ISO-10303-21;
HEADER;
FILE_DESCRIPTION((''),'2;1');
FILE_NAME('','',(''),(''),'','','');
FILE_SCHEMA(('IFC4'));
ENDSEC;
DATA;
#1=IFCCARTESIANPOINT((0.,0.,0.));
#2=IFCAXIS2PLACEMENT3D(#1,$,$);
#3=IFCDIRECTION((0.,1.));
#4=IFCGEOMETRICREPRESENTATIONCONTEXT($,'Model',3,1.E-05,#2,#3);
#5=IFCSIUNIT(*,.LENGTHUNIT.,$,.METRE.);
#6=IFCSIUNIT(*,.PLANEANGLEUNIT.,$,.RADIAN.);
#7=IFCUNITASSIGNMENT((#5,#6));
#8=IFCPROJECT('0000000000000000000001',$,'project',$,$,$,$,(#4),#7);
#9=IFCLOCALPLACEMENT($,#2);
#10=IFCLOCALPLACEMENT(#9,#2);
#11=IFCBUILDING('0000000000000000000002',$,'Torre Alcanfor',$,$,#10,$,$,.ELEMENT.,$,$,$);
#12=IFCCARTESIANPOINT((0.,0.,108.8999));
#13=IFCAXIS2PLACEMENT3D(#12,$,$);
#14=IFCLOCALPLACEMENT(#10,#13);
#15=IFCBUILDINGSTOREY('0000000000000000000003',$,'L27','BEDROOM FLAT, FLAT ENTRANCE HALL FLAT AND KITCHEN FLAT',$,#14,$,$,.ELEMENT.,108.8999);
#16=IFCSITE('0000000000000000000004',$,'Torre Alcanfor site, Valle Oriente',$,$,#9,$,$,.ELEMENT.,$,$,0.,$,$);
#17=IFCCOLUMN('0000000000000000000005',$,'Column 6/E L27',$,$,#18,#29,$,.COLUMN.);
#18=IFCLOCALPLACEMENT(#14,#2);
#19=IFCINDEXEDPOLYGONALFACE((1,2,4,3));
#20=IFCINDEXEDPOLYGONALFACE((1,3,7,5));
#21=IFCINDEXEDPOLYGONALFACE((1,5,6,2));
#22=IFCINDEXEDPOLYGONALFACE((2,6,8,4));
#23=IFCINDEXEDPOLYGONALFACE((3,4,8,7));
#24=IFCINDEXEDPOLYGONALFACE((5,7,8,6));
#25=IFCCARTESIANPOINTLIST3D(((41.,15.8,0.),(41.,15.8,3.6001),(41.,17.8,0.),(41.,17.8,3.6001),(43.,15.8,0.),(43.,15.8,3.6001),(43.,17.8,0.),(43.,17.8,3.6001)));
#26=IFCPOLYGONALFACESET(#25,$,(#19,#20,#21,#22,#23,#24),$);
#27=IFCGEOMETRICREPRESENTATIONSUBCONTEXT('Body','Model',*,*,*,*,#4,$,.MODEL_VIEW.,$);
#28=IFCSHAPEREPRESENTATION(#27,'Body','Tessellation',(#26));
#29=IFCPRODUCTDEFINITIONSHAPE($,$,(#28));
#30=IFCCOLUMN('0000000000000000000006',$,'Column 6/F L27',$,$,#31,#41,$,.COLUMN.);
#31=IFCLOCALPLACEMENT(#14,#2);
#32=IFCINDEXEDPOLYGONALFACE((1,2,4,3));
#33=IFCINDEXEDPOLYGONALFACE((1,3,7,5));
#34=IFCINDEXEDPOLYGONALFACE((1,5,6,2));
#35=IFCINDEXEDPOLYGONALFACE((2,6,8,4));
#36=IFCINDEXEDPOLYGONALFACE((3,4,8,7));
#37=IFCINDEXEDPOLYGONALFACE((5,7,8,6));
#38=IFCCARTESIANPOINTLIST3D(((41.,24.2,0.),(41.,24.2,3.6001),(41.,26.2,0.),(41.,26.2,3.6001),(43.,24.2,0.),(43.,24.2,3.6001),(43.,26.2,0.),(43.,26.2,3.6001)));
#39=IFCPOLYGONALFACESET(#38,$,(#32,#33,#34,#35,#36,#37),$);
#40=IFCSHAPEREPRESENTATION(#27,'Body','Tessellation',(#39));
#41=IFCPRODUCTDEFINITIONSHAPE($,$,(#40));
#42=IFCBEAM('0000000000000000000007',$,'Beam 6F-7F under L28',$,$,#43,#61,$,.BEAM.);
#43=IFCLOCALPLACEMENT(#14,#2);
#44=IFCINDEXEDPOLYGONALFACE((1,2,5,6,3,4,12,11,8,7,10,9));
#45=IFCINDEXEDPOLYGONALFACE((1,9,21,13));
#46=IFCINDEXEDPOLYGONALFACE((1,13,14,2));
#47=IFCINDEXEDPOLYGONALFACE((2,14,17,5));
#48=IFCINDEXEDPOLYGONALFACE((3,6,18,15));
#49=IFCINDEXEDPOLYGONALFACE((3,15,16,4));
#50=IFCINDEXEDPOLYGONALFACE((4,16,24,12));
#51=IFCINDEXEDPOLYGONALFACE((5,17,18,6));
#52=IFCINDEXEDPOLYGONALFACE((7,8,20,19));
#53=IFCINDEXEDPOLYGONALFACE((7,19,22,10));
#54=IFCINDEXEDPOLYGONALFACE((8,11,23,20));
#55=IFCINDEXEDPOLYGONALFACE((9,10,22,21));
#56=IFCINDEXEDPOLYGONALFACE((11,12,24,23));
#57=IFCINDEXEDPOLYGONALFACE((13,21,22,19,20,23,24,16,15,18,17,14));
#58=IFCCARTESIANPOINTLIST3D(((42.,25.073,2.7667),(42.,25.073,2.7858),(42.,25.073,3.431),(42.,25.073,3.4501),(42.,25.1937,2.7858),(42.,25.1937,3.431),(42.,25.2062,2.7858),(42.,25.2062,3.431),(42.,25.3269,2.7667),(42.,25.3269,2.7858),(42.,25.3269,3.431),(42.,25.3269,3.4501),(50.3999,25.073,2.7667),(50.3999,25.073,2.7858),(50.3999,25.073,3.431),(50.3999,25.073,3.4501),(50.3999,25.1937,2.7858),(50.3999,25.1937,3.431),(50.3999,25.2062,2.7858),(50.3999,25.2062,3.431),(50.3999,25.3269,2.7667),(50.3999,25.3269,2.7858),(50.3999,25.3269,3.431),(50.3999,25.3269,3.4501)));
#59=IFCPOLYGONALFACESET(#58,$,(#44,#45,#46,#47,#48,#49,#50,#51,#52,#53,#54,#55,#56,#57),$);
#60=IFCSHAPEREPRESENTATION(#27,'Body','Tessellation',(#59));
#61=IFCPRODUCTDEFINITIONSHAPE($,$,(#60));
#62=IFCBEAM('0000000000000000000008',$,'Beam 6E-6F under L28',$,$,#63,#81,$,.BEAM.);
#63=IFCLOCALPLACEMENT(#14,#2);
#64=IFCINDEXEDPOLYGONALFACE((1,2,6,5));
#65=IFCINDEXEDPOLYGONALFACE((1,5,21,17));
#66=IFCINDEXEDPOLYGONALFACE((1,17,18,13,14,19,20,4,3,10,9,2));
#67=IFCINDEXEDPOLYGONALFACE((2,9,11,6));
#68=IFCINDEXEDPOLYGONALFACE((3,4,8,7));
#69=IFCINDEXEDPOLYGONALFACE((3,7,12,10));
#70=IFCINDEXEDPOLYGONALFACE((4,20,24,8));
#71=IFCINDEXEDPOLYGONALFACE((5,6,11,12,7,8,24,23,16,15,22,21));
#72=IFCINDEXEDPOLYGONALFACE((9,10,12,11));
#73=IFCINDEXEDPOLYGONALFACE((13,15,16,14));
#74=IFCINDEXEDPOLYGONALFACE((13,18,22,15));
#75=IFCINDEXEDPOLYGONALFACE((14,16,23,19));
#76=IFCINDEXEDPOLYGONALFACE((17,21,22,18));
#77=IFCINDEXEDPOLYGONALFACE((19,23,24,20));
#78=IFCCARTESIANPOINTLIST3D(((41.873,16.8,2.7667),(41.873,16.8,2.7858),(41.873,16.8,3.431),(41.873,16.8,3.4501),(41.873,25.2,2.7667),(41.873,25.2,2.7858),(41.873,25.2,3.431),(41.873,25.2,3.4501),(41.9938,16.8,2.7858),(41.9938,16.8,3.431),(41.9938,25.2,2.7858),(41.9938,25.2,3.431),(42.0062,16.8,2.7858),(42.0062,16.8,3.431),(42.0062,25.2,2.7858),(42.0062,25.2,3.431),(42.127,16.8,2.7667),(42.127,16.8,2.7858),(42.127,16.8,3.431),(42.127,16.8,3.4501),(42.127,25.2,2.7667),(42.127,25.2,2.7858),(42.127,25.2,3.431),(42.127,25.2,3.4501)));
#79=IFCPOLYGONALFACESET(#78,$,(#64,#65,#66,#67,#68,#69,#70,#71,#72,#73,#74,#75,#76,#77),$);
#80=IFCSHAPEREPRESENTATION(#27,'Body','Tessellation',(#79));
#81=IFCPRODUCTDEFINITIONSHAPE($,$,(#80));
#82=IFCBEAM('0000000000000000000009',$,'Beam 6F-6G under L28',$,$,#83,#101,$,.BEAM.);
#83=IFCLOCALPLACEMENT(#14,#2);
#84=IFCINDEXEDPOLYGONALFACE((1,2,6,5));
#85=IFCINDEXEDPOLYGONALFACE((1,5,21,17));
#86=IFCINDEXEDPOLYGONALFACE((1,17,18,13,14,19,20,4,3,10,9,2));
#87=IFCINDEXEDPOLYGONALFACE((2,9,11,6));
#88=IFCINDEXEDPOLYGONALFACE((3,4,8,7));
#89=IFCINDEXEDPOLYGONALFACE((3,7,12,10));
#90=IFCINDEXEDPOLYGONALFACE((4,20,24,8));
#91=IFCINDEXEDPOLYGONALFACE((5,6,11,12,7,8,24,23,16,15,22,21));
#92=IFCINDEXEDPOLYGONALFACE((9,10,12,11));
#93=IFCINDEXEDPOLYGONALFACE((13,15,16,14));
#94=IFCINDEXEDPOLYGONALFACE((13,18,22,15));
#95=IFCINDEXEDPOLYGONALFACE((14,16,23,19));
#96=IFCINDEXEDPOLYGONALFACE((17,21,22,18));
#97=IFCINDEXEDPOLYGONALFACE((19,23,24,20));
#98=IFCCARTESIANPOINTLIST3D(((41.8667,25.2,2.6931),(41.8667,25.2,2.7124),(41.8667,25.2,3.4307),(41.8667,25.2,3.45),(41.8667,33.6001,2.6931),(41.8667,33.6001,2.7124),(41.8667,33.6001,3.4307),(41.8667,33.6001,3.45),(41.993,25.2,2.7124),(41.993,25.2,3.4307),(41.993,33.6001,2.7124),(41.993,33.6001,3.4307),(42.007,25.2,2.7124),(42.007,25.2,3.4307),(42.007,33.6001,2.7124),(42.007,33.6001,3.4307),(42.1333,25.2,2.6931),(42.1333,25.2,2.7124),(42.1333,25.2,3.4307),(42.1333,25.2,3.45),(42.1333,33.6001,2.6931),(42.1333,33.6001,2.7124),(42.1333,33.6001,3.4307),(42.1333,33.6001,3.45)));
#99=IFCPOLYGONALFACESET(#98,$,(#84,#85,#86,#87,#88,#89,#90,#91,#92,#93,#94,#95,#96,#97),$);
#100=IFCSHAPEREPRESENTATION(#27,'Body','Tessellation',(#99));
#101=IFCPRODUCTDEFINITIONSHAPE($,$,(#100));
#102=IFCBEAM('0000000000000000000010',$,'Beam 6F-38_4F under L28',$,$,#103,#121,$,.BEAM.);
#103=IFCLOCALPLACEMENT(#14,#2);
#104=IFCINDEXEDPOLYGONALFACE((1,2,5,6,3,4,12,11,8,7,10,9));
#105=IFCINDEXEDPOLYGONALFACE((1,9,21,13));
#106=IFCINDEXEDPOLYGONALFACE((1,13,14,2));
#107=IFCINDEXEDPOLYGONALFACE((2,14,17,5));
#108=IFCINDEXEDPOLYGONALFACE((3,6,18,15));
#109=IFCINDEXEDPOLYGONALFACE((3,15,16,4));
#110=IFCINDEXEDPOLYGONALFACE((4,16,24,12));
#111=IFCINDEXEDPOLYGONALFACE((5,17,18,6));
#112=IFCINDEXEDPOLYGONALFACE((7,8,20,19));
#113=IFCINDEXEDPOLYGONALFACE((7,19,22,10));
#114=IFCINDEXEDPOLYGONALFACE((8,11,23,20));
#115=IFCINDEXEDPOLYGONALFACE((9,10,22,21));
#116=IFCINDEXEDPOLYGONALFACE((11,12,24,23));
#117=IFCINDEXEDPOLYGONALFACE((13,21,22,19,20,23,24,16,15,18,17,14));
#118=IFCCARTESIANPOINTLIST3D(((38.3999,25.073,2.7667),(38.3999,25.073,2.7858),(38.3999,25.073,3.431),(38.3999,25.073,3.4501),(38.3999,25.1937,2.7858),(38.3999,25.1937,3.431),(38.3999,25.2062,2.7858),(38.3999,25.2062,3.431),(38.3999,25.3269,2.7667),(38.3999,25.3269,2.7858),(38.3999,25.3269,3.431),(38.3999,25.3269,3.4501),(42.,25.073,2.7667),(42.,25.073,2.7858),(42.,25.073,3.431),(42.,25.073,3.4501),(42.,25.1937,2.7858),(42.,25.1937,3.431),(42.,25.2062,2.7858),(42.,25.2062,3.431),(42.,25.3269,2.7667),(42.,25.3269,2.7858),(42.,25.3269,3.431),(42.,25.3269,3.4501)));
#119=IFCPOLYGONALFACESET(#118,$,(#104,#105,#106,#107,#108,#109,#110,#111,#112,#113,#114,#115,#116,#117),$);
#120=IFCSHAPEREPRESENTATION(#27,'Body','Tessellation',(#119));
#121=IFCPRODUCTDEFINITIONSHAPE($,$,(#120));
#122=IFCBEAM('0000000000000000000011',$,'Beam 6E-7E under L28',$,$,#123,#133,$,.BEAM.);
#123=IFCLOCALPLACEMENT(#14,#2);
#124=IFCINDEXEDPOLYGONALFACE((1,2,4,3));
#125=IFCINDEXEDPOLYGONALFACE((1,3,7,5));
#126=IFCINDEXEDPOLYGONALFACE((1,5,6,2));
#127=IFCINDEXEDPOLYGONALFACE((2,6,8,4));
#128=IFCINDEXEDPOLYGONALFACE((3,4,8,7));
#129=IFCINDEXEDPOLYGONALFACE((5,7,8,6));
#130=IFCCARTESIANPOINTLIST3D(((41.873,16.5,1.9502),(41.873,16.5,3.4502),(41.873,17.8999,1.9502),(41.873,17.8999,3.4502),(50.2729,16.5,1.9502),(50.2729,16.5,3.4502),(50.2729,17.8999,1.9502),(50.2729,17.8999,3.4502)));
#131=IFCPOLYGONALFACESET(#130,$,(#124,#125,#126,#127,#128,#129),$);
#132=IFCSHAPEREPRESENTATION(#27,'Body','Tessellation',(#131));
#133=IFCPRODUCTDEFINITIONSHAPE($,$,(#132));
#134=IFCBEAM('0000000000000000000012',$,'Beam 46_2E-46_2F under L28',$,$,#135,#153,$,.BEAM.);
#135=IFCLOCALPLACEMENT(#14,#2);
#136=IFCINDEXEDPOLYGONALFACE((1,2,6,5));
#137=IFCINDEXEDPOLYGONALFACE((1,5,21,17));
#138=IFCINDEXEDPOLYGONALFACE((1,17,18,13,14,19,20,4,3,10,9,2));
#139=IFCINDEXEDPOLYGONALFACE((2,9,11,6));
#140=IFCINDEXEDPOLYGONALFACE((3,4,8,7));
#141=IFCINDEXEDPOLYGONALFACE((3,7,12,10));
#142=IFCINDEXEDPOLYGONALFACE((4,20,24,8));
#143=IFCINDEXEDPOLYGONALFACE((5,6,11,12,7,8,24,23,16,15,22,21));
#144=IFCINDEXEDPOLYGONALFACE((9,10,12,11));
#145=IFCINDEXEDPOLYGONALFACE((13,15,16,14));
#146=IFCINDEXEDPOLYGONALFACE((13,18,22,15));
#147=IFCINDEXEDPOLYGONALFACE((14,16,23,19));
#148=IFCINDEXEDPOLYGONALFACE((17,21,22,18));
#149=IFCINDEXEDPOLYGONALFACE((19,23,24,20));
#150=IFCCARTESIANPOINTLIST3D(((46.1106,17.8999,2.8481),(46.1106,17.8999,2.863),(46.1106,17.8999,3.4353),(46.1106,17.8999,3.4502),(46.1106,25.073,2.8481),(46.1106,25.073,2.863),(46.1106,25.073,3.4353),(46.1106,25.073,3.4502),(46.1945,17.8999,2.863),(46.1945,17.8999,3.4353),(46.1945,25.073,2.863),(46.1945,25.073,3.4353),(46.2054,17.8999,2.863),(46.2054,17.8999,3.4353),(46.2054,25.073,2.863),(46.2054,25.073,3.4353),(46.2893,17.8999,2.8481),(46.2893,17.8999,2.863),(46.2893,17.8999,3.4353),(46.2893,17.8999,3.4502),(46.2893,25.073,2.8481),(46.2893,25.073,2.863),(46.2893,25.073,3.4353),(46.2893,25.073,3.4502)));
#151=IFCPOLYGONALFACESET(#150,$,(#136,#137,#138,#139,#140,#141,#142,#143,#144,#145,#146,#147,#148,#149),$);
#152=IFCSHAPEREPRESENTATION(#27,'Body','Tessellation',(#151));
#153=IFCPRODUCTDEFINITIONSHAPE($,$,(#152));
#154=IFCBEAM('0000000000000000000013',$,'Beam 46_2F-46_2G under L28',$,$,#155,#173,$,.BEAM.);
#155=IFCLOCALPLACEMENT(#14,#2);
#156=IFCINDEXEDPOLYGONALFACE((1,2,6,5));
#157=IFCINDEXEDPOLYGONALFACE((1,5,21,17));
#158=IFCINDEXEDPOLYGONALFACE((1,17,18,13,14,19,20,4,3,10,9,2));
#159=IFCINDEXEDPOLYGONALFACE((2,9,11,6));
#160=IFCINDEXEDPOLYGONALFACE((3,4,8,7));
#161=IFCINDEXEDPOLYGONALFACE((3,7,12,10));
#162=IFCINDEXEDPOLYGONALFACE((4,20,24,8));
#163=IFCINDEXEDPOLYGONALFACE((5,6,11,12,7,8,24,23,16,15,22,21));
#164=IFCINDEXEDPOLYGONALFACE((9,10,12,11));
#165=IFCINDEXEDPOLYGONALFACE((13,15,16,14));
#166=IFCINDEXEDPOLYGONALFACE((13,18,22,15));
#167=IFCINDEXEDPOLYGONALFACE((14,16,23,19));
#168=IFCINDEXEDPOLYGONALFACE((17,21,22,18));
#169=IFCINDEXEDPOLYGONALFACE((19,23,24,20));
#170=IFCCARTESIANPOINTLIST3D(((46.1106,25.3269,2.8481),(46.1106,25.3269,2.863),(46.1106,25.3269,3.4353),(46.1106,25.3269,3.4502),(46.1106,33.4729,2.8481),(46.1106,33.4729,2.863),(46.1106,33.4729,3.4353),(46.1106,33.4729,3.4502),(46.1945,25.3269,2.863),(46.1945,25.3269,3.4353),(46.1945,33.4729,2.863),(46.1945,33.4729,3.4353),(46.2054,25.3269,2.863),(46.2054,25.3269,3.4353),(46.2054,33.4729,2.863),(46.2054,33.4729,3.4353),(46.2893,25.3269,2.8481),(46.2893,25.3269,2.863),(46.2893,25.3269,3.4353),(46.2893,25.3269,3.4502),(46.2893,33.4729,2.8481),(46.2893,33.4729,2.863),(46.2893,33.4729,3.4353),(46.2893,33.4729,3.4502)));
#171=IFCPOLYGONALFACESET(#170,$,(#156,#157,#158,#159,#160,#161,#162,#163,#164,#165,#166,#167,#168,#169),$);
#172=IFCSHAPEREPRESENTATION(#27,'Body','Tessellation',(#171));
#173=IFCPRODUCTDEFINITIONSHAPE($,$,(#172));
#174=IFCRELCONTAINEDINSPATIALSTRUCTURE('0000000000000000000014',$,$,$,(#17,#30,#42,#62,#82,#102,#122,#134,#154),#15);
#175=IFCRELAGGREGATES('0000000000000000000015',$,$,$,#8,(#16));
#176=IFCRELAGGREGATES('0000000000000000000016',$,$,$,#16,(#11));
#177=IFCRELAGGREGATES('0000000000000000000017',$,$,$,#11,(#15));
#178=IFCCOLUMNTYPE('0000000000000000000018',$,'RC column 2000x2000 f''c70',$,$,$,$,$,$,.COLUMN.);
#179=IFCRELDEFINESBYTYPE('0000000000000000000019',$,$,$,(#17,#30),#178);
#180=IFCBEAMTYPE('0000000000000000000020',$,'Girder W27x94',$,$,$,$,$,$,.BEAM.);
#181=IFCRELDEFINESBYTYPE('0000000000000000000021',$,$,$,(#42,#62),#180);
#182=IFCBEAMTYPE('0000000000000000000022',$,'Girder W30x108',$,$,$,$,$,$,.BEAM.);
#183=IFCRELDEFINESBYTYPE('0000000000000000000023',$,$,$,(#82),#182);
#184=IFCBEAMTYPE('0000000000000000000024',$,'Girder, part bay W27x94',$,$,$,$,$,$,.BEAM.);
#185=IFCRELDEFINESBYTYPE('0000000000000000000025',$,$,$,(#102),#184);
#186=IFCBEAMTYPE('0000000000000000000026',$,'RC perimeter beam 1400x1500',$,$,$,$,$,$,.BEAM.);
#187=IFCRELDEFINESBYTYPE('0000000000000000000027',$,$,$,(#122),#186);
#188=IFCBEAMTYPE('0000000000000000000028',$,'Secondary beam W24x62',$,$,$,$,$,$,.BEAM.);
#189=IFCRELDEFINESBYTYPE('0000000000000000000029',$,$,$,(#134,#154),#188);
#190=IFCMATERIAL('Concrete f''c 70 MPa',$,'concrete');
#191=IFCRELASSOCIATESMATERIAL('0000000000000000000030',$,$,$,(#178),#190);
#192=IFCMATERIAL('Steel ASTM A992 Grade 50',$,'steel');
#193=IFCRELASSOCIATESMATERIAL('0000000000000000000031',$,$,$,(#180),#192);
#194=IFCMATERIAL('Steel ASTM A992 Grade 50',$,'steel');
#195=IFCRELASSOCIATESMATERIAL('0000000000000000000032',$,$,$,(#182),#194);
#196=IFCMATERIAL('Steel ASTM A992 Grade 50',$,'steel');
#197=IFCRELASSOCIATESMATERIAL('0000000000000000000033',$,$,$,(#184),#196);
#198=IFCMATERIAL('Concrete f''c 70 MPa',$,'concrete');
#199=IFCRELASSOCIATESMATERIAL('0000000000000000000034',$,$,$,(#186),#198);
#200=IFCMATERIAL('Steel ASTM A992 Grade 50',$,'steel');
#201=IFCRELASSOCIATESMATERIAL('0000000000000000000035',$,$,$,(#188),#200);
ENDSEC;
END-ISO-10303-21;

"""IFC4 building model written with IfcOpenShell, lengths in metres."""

from ifc_helpers import new_model, si_unit, direction, frame, origin, origin_2d, place, context, subcontext, project, spatial, rectangle, i_section, extrude, material, material_profile, profile_set, type_object, element, save


model = new_model("IFC4")

# Units and contexts
model_context = context("Model", 3, precision=1e-05, world=origin(), true_north=direction((0.0, 1.0)))
body_context = subcontext(model_context, "Body", "Model", "MODEL_VIEW")
ifc_project = project(units=[si_unit("LENGTHUNIT", "METRE"), si_unit("PLANEANGLEUNIT", "RADIAN")], contexts=[model_context])

# Site, building, storey
site_placement = place(None, origin())
site = spatial("IfcSite", under=ifc_project, at=site_placement, Name="Torre Alcanfor site, Valle Oriente", CompositionType="ELEMENT", RefElevation=0.0)
building_placement = place(site_placement, origin())
building = spatial("IfcBuilding", under=site, at=building_placement, Name="Torre Alcanfor", CompositionType="ELEMENT")
storey_placement = place(building_placement, frame((0.0, 0.0, 108.8999)))
storey = spatial("IfcBuildingStorey", under=building, at=storey_placement, Name="L27", Description="BEDROOM FLAT, FLAT ENTRANCE HALL FLAT AND KITCHEN FLAT", CompositionType="ELEMENT", Elevation=108.8999)

# Columns
ifc_material_1 = material(Name="Concrete f'c 70 MPa", Category="concrete")
ifc_material_profile_1 = material_profile(ifc_material_1, rectangle(XDim=2.0, YDim=2.0, at=origin_2d()), Name="2000x2000")
ifc_profile_set_1 = profile_set([ifc_material_profile_1], Name="Concrete f'c 70 MPa")
column_type = type_object("IfcColumnType", Name="RC column 2000x2000 f'c70", PredefinedType="COLUMN", material=ifc_profile_set_1)
for number, where, z_axis, x_axis, name in (
    (1, (42.0, 16.8, 0.0), (0.0, 0.0, 1.0), (1.0, 0.0, 0.0), "Column 6/E L27"),
    (2, (42.0, 25.2, 0.0), (0.0, 0.0, 1.0), (1.0, 0.0, 0.0), "Column 6/F L27"),
):
    element("IfcColumn", number, at=place(storey_placement, frame(where, z_axis=z_axis, x_axis=x_axis)), inside=storey, type_object=column_type, Name=name, PredefinedType="COLUMN", context=body_context, shape_type="SweptSolid", body=[
        extrude(rectangle(XDim=2.0, YDim=2.0, at=origin_2d()), origin(), (0.0, 0.0, 1.0), 3.6001),
    ])

# Beams
ifc_material_2 = material(Name="Steel ASTM A992 Grade 50", Category="steel")
ifc_material_profile_2 = material_profile(ifc_material_2, i_section(OverallWidth=0.2539, OverallDepth=0.6833, WebThickness=0.0125, FlangeThickness=0.019, at=origin_2d()), Name="W27x94")
ifc_profile_set_2 = profile_set([ifc_material_profile_2], Name="Steel ASTM A992 Grade 50")
beam_type_1 = type_object("IfcBeamType", Name="Girder W27x94", PredefinedType="BEAM", material=ifc_profile_set_2)
for number, where, z_axis, x_axis, name in (
    (3, (42.0, 25.2, 3.1084), (1.0, 0.0, 0.0), (0.0, 1.0, 0.0), "Beam 6F-7F under L28"),
    (4, (42.0, 16.8, 3.1084), (0.0, 1.0, 0.0), (-1.0, 0.0, 0.0), "Beam 6E-6F under L28"),
):
    element("IfcBeam", number, at=place(storey_placement, frame(where, z_axis=z_axis, x_axis=x_axis)), inside=storey, type_object=beam_type_1, Name=name, PredefinedType="BEAM", context=body_context, shape_type="SweptSolid", body=[
        extrude(i_section(OverallWidth=0.2539, OverallDepth=0.6833, WebThickness=0.0125, FlangeThickness=0.019, at=origin_2d()), origin(), (0.0, 0.0, 1.0), 8.3999),
    ])
ifc_material_3 = material(Name="Steel ASTM A992 Grade 50", Category="steel")
ifc_material_profile_3 = material_profile(ifc_material_3, i_section(OverallWidth=0.2666, OverallDepth=0.7568, WebThickness=0.0139, FlangeThickness=0.0193, at=origin_2d()), Name="W30x108")
ifc_profile_set_3 = profile_set([ifc_material_profile_3], Name="Steel ASTM A992 Grade 50")
beam_type_2 = type_object("IfcBeamType", Name="Girder W30x108", PredefinedType="BEAM", material=ifc_profile_set_3)
beam_1_placement = place(storey_placement, frame((42.0, 25.2, 3.0715), z_axis=(0.0, 1.0, 0.0), x_axis=(-1.0, 0.0, 0.0)))
element("IfcBeam", 5, at=beam_1_placement, inside=storey, type_object=beam_type_2, Name="Beam 6F-6G under L28", PredefinedType="BEAM", context=body_context, shape_type="SweptSolid", body=[
    extrude(i_section(OverallWidth=0.2666, OverallDepth=0.7568, WebThickness=0.0139, FlangeThickness=0.0193, at=origin_2d()), origin(), (0.0, 0.0, 1.0), 8.4001),
])
ifc_material_4 = material(Name="Steel ASTM A992 Grade 50", Category="steel")
ifc_material_profile_4 = material_profile(ifc_material_4, i_section(OverallWidth=0.2539, OverallDepth=0.6833, WebThickness=0.0125, FlangeThickness=0.019, at=origin_2d()), Name="W27x94")
ifc_profile_set_4 = profile_set([ifc_material_profile_4], Name="Steel ASTM A992 Grade 50")
beam_type_3 = type_object("IfcBeamType", Name="Girder, part bay W27x94", PredefinedType="BEAM", material=ifc_profile_set_4)
beam_2_placement = place(storey_placement, frame((42.0, 25.2, 3.1084), z_axis=(-1.0, 0.0, 0.0), x_axis=(0.0, -1.0, 0.0)))
element("IfcBeam", 6, at=beam_2_placement, inside=storey, type_object=beam_type_3, Name="Beam 6F-38_4F under L28", PredefinedType="BEAM", context=body_context, shape_type="SweptSolid", body=[
    extrude(i_section(OverallWidth=0.2539, OverallDepth=0.6833, WebThickness=0.0125, FlangeThickness=0.019, at=origin_2d()), origin(), (0.0, 0.0, 1.0), 3.6001),
])
ifc_material_5 = material(Name="Concrete f'c 70 MPa", Category="concrete")
ifc_material_profile_5 = material_profile(ifc_material_5, rectangle(XDim=1.3999, YDim=1.5, at=origin_2d()), Name="1400x1500")
ifc_profile_set_5 = profile_set([ifc_material_profile_5], Name="Concrete f'c 70 MPa")
beam_type_4 = type_object("IfcBeamType", Name="RC perimeter beam 1400x1500", PredefinedType="BEAM", material=ifc_profile_set_5)
beam_3_placement = place(storey_placement, frame((41.873, 17.2, 2.7002), z_axis=(1.0, 0.0, 0.0), x_axis=(0.0, 1.0, 0.0)))
element("IfcBeam", 7, at=beam_3_placement, inside=storey, type_object=beam_type_4, Name="Beam 6E-7E under L28", PredefinedType="BEAM", context=body_context, shape_type="SweptSolid", body=[
    extrude(rectangle(XDim=1.3999, YDim=1.5, at=origin_2d()), origin(), (0.0, 0.0, 1.0), 8.3999),
])
ifc_material_6 = material(Name="Steel ASTM A992 Grade 50", Category="steel")
ifc_material_profile_6 = material_profile(ifc_material_6, i_section(OverallWidth=0.1787, OverallDepth=0.6021, WebThickness=0.011, FlangeThickness=0.0149, at=origin_2d()), Name="W24x62")
ifc_profile_set_6 = profile_set([ifc_material_profile_6], Name="Steel ASTM A992 Grade 50")
beam_type_5 = type_object("IfcBeamType", Name="Secondary beam W24x62", PredefinedType="BEAM", material=ifc_profile_set_6)
beam_4_placement = place(storey_placement, frame((46.2, 17.8999, 3.1492), z_axis=(0.0, 1.0, 0.0), x_axis=(-1.0, 0.0, 0.0)))
element("IfcBeam", 8, at=beam_4_placement, inside=storey, type_object=beam_type_5, Name="Beam 46_2E-46_2F under L28", PredefinedType="BEAM", context=body_context, shape_type="SweptSolid", body=[
    extrude(i_section(OverallWidth=0.1787, OverallDepth=0.6021, WebThickness=0.011, FlangeThickness=0.0149, at=origin_2d()), origin(), (0.0, 0.0, 1.0), 7.1731),
])
beam_5_placement = place(storey_placement, frame((46.2, 25.3269, 3.1492), z_axis=(0.0, 1.0, 0.0), x_axis=(-1.0, 0.0, 0.0)))
element("IfcBeam", 9, at=beam_5_placement, inside=storey, type_object=beam_type_5, Name="Beam 46_2F-46_2G under L28", PredefinedType="BEAM", context=body_context, shape_type="SweptSolid", body=[
    extrude(i_section(OverallWidth=0.1787, OverallDepth=0.6021, WebThickness=0.011, FlangeThickness=0.0149, at=origin_2d()), origin(), (0.0, 0.0, 1.0), 8.146),
])

save(model, "model.ifc")
